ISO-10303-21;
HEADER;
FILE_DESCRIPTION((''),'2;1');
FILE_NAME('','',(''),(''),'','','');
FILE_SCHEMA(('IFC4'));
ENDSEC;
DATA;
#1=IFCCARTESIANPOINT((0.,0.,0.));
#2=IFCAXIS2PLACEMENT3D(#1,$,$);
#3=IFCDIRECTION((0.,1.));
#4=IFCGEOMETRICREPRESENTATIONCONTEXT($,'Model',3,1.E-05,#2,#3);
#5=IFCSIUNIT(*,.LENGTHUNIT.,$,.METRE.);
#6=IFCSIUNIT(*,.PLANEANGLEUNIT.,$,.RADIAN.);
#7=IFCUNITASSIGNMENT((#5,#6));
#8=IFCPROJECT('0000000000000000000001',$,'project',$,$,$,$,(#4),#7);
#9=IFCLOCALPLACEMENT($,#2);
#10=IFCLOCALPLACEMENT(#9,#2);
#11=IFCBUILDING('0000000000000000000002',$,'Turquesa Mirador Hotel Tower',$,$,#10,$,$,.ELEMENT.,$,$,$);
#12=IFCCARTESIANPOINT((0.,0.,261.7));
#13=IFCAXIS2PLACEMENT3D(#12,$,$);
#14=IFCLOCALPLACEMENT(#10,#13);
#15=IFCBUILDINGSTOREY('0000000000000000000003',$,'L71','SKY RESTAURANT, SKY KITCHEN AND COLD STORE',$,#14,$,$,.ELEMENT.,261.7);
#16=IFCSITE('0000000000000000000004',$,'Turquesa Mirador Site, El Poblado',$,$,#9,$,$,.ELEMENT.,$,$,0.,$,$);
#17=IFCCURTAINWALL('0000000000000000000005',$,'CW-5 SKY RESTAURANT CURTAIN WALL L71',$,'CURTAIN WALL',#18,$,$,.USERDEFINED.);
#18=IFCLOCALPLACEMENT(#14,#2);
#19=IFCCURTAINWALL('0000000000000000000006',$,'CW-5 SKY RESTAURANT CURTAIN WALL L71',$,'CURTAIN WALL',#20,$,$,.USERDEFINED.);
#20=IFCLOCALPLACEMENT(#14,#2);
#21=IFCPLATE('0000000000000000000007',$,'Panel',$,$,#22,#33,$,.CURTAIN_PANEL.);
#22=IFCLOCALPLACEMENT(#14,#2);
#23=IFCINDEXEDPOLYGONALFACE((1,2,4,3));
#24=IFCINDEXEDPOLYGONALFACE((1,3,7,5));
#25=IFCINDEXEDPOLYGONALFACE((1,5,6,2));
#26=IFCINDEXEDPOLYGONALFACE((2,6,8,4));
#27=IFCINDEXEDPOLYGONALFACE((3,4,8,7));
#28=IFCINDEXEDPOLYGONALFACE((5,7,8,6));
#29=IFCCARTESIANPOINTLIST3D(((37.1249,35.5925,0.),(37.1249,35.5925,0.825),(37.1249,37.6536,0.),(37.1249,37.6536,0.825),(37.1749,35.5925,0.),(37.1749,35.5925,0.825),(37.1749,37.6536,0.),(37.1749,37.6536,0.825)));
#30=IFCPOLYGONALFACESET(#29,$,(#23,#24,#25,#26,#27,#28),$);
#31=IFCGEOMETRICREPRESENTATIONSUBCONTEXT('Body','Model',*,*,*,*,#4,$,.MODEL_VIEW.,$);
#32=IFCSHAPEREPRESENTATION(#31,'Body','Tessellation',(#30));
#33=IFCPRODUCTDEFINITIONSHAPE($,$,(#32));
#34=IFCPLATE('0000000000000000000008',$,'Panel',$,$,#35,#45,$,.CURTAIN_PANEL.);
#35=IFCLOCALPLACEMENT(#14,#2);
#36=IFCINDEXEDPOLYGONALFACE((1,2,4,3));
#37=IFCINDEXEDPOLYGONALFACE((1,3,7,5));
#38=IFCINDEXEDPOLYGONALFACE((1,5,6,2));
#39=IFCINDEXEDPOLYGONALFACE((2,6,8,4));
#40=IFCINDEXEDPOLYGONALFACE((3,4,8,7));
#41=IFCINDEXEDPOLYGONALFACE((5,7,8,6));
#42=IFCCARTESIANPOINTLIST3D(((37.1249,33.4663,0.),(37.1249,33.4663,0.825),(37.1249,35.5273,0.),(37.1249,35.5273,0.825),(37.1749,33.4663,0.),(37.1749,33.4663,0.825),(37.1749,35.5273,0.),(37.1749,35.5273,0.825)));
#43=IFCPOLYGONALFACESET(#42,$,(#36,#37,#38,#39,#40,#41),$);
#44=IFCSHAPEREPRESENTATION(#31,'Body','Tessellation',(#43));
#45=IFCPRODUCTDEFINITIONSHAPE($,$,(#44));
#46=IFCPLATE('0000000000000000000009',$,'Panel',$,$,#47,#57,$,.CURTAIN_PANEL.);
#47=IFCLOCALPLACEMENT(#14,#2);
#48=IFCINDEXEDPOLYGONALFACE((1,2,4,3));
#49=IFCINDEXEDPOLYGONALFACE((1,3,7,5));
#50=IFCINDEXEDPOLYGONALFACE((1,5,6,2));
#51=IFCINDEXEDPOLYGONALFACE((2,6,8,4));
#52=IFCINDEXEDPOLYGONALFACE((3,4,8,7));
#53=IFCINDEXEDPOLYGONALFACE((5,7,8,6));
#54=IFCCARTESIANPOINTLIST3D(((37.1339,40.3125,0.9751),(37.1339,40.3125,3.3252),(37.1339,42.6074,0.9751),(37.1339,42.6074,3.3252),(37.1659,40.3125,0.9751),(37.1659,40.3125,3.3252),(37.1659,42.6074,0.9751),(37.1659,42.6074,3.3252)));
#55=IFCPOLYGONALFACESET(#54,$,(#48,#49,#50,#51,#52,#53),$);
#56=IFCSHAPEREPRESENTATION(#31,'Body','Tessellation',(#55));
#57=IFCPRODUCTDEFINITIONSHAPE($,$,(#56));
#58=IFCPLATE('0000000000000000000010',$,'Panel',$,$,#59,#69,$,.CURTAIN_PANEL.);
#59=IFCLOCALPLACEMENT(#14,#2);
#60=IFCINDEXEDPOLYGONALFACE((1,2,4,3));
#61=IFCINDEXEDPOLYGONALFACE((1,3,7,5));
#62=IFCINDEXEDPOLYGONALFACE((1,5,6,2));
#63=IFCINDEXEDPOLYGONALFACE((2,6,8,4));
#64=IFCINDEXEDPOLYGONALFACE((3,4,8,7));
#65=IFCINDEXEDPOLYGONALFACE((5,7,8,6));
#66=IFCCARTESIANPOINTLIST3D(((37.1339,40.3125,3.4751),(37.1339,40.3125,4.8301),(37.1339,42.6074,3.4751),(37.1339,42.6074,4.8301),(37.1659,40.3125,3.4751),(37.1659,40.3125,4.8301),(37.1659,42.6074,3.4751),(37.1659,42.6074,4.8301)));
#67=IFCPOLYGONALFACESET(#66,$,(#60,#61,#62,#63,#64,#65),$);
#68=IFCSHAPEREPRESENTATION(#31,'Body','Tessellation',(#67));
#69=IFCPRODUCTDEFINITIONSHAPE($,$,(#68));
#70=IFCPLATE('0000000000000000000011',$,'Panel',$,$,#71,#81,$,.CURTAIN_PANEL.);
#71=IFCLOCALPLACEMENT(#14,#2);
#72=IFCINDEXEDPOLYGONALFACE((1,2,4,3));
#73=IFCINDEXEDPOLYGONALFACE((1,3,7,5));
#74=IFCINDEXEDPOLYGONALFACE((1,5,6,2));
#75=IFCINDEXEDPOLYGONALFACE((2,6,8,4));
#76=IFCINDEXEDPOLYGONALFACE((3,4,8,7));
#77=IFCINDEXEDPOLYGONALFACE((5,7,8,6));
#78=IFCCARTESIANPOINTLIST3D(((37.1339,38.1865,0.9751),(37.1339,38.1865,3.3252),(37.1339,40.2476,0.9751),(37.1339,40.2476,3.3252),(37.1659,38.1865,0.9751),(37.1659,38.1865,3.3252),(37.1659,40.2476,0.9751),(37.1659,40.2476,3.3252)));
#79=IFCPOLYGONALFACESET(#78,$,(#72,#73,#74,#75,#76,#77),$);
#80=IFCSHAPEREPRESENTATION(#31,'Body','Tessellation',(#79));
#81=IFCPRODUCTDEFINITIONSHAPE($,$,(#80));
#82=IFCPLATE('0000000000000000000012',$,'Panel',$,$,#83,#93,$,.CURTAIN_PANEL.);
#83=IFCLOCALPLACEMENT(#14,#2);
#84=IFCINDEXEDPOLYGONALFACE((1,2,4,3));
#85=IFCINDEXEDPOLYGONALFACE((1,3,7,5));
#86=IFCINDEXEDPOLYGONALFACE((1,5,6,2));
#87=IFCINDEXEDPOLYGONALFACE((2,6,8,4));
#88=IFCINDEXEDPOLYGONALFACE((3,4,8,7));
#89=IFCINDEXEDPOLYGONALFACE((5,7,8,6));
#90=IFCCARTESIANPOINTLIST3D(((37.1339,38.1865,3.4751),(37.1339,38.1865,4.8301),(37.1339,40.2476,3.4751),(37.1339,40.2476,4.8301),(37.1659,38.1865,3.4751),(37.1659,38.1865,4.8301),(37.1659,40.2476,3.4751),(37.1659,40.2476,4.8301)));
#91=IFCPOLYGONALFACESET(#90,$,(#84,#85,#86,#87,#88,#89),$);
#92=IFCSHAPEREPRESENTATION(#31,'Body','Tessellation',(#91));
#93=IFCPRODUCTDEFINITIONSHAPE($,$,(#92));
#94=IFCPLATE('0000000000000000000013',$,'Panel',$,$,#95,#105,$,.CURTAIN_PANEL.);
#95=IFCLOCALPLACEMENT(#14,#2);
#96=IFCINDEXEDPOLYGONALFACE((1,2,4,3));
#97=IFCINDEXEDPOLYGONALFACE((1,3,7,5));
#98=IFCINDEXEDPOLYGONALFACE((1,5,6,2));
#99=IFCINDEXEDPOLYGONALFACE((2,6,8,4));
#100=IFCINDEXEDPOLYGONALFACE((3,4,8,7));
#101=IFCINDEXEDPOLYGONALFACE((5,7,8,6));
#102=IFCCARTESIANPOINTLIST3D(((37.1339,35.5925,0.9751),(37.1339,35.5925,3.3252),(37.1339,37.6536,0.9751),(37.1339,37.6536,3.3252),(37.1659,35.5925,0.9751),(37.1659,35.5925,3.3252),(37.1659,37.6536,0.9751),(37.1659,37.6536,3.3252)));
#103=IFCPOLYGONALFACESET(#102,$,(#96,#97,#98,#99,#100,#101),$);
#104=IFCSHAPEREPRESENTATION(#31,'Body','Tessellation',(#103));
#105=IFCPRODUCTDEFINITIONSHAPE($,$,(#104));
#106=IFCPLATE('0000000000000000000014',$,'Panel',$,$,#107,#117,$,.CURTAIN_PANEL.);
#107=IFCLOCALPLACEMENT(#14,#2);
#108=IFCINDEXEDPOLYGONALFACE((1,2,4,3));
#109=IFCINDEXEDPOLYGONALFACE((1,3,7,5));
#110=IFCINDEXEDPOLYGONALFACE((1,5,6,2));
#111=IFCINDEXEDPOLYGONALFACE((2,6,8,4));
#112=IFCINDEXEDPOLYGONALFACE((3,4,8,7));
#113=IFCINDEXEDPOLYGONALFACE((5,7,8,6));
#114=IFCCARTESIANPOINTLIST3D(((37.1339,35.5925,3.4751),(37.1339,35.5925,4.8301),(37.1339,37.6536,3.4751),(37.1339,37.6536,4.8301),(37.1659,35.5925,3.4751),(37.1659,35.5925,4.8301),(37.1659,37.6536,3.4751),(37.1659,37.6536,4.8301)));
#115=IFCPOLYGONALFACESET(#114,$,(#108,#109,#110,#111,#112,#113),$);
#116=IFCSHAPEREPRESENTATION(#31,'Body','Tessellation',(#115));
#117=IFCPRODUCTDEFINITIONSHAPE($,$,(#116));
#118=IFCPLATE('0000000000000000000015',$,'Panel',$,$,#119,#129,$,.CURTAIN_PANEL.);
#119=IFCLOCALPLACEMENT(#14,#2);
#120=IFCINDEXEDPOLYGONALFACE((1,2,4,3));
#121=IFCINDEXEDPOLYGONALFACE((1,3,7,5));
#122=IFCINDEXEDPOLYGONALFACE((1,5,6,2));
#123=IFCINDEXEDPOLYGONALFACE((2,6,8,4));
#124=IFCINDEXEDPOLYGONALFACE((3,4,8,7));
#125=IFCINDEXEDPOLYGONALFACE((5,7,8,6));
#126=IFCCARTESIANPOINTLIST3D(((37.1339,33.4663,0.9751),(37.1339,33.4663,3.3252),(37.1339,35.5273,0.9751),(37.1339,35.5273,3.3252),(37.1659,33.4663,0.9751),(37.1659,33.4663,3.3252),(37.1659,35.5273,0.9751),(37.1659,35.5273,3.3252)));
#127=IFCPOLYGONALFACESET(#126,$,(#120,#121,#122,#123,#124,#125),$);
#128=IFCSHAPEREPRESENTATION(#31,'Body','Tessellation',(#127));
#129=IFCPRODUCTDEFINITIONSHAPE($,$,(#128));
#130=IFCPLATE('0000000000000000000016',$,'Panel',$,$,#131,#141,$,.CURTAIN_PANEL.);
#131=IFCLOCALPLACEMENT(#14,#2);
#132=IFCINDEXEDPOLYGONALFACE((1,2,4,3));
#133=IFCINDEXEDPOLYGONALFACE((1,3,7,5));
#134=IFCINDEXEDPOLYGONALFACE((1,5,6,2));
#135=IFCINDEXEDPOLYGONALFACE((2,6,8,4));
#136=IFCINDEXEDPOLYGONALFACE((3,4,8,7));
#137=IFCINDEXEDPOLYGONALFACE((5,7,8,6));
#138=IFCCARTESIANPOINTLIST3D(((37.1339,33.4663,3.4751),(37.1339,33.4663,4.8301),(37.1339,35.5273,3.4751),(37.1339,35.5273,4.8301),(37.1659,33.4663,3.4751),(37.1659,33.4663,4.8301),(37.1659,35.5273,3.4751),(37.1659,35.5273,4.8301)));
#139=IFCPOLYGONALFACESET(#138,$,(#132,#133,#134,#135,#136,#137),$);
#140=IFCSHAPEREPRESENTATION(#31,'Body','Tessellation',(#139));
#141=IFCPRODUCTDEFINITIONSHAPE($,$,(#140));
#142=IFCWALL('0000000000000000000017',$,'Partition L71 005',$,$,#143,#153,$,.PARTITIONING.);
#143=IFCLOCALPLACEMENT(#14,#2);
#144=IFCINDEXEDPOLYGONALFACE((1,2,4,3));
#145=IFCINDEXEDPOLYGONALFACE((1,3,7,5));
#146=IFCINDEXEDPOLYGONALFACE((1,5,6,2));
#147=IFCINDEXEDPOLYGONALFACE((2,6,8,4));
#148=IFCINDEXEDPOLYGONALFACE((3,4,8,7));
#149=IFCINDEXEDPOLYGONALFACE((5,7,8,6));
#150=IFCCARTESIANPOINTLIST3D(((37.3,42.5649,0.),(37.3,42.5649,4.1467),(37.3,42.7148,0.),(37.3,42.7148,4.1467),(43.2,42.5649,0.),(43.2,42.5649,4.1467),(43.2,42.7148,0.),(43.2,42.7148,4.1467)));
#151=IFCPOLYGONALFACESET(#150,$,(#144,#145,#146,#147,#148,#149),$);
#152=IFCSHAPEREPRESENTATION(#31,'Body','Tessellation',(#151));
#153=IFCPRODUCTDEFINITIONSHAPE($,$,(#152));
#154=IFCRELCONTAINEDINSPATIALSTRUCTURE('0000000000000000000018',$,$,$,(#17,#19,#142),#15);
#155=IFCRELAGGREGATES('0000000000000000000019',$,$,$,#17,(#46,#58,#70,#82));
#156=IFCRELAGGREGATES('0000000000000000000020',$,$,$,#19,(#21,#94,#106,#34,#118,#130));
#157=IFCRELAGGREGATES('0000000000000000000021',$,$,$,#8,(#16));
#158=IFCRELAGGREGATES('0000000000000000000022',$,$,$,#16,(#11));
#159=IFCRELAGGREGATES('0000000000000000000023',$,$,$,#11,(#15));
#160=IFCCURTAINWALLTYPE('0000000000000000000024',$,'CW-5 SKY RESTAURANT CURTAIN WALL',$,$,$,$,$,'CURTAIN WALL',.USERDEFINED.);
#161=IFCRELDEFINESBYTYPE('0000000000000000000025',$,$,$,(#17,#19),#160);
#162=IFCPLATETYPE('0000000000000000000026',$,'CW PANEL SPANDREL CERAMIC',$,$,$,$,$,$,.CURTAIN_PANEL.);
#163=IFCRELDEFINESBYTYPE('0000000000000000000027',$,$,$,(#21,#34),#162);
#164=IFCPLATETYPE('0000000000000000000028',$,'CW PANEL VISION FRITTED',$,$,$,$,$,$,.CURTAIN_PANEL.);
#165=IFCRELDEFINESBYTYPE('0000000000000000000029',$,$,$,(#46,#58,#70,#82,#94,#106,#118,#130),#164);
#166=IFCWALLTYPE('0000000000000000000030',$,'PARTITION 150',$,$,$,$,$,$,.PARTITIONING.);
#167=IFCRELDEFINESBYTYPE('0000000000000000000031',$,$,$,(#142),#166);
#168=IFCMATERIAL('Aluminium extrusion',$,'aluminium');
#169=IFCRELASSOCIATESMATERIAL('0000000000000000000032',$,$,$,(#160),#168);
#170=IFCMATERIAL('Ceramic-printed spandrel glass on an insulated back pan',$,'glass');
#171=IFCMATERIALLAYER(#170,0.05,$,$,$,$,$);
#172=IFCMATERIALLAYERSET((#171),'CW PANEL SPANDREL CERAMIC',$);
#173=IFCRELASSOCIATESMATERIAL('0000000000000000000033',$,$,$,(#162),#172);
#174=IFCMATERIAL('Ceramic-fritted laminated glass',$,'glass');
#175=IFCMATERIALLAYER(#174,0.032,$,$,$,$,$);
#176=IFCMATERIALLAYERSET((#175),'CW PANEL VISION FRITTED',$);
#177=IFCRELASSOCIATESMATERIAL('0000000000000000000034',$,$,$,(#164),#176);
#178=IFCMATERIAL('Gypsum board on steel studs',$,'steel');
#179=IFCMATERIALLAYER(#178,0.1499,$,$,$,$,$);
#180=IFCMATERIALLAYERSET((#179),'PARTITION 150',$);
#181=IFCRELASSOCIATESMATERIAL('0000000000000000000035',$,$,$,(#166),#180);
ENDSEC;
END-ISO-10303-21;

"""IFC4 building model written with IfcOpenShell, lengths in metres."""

from ifc_helpers import new_model, si_unit, direction, frame, frame_2d, origin, origin_2d, place, context, subcontext, project, spatial, rectangle, extrude, material, layer, layer_set, type_object, element, aggregate, save


model = new_model("IFC4")

# Units and contexts
model_context = context("Model", 3, precision=1e-05, world=origin(), true_north=direction((0.0, 1.0)))
body_context = subcontext(model_context, "Body", "Model", "MODEL_VIEW")
ifc_project = project(units=[si_unit("LENGTHUNIT", "METRE"), si_unit("PLANEANGLEUNIT", "RADIAN")], contexts=[model_context])

# Site, building, storey
site_placement = place(None, origin())
site = spatial("IfcSite", under=ifc_project, at=site_placement, Name="Turquesa Mirador Site, El Poblado", CompositionType="ELEMENT", RefElevation=0.0)
building_placement = place(site_placement, origin())
building = spatial("IfcBuilding", under=site, at=building_placement, Name="Turquesa Mirador Hotel Tower", CompositionType="ELEMENT")
storey_placement = place(building_placement, frame((0.0, 0.0, 261.7)))
storey = spatial("IfcBuildingStorey", under=building, at=storey_placement, Name="L71", Description="SKY RESTAURANT, SKY KITCHEN AND COLD STORE", CompositionType="ELEMENT", Elevation=261.7)

# Curtain walls
ifc_material_1 = material(Name="Aluminium extrusion", Category="aluminium")
curtain_wall_type = type_object("IfcCurtainWallType", Name="CW-5 SKY RESTAURANT CURTAIN WALL", ElementType="CURTAIN WALL", PredefinedType="USERDEFINED", material=ifc_material_1)
curtain_wall_1_placement = place(storey_placement, origin())
curtain_wall_1 = element("IfcCurtainWall", 1, at=curtain_wall_1_placement, inside=storey, type_object=curtain_wall_type, Name="CW-5 SKY RESTAURANT CURTAIN WALL L71", ObjectType="CURTAIN WALL", PredefinedType="USERDEFINED")
curtain_wall_2_placement = place(storey_placement, origin())
curtain_wall_2 = element("IfcCurtainWall", 2, at=curtain_wall_2_placement, inside=storey, type_object=curtain_wall_type, Name="CW-5 SKY RESTAURANT CURTAIN WALL L71", ObjectType="CURTAIN WALL", PredefinedType="USERDEFINED")

# Plates
ifc_material_2 = material(Name="Ceramic-printed spandrel glass on an insulated back pan", Category="glass")
ifc_layer_1 = layer(ifc_material_2, 0.05)
ifc_layer_set_1 = layer_set([ifc_layer_1], Name="CW PANEL SPANDREL CERAMIC")
plate_type_1 = type_object("IfcPlateType", Name="CW PANEL SPANDREL CERAMIC", PredefinedType="CURTAIN_PANEL", material=ifc_layer_set_1)
plate_1_placement = place(storey_placement, frame((37.1499, 36.623, 0.0), z_axis=(0.0, 0.0, 1.0), x_axis=(0.0, -1.0, 0.0)))
plate_1 = element("IfcPlate", 3, at=plate_1_placement, type_object=plate_type_1, Name="Panel", PredefinedType="CURTAIN_PANEL", context=body_context, shape_type="SweptSolid", body=[
    extrude(rectangle(XDim=2.061, YDim=0.05, at=origin_2d()), origin(), (0.0, 0.0, 1.0), 0.825),
])
plate_2_placement = place(storey_placement, frame((37.1499, 34.4968, 0.0), z_axis=(0.0, 0.0, 1.0), x_axis=(0.0, -1.0, 0.0)))
plate_2 = element("IfcPlate", 4, at=plate_2_placement, type_object=plate_type_1, Name="Panel", PredefinedType="CURTAIN_PANEL", context=body_context, shape_type="SweptSolid", body=[
    extrude(rectangle(XDim=2.061, YDim=0.05, at=origin_2d()), origin(), (0.0, 0.0, 1.0), 0.825),
])
ifc_material_3 = material(Name="Ceramic-fritted laminated glass", Category="glass")
ifc_layer_2 = layer(ifc_material_3, 0.032)
ifc_layer_set_2 = layer_set([ifc_layer_2], Name="CW PANEL VISION FRITTED")
plate_type_2 = type_object("IfcPlateType", Name="CW PANEL VISION FRITTED", PredefinedType="CURTAIN_PANEL", material=ifc_layer_set_2)
plate_3_placement = place(storey_placement, frame((37.1499, 41.46, 0.9751), z_axis=(0.0, 0.0, 1.0), x_axis=(0.0, -1.0, 0.0)))
plate_3 = element("IfcPlate", 5, at=plate_3_placement, type_object=plate_type_2, Name="Panel", PredefinedType="CURTAIN_PANEL", context=body_context, shape_type="SweptSolid", body=[
    extrude(rectangle(XDim=2.2949, YDim=0.032, at=origin_2d()), origin(), (0.0, 0.0, 1.0), 2.3501),
])
plate_4_placement = place(storey_placement, frame((37.1499, 41.46, 3.4751), z_axis=(0.0, 0.0, 1.0), x_axis=(0.0, -1.0, 0.0)))
plate_4 = element("IfcPlate", 6, at=plate_4_placement, type_object=plate_type_2, Name="Panel", PredefinedType="CURTAIN_PANEL", context=body_context, shape_type="SweptSolid", body=[
    extrude(rectangle(XDim=2.2949, YDim=0.032, at=origin_2d()), origin(), (0.0, 0.0, 1.0), 1.355),
])
plate_5_placement = place(storey_placement, frame((37.1499, 39.217, 0.9751), z_axis=(0.0, 0.0, 1.0), x_axis=(0.0, -1.0, 0.0)))
plate_5 = element("IfcPlate", 7, at=plate_5_placement, type_object=plate_type_2, Name="Panel", PredefinedType="CURTAIN_PANEL", context=body_context, shape_type="SweptSolid", body=[
    extrude(rectangle(XDim=2.061, YDim=0.032, at=origin_2d()), origin(), (0.0, 0.0, 1.0), 2.3501),
])
plate_6_placement = place(storey_placement, frame((37.1499, 39.217, 3.4751), z_axis=(0.0, 0.0, 1.0), x_axis=(0.0, -1.0, 0.0)))
plate_6 = element("IfcPlate", 8, at=plate_6_placement, type_object=plate_type_2, Name="Panel", PredefinedType="CURTAIN_PANEL", context=body_context, shape_type="SweptSolid", body=[
    extrude(rectangle(XDim=2.061, YDim=0.032, at=origin_2d()), origin(), (0.0, 0.0, 1.0), 1.355),
])
aggregate(curtain_wall_1, [plate_3, plate_4, plate_5, plate_6])
plate_7_placement = place(storey_placement, frame((37.1499, 36.623, 0.9751), z_axis=(0.0, 0.0, 1.0), x_axis=(0.0, -1.0, 0.0)))
plate_7 = element("IfcPlate", 9, at=plate_7_placement, type_object=plate_type_2, Name="Panel", PredefinedType="CURTAIN_PANEL", context=body_context, shape_type="SweptSolid", body=[
    extrude(rectangle(XDim=2.061, YDim=0.032, at=origin_2d()), origin(), (0.0, 0.0, 1.0), 2.3501),
])
plate_8_placement = place(storey_placement, frame((37.1499, 36.623, 3.4751), z_axis=(0.0, 0.0, 1.0), x_axis=(0.0, -1.0, 0.0)))
plate_8 = element("IfcPlate", 10, at=plate_8_placement, type_object=plate_type_2, Name="Panel", PredefinedType="CURTAIN_PANEL", context=body_context, shape_type="SweptSolid", body=[
    extrude(rectangle(XDim=2.061, YDim=0.032, at=origin_2d()), origin(), (0.0, 0.0, 1.0), 1.355),
])
plate_9_placement = place(storey_placement, frame((37.1499, 34.4968, 0.9751), z_axis=(0.0, 0.0, 1.0), x_axis=(0.0, -1.0, 0.0)))
plate_9 = element("IfcPlate", 11, at=plate_9_placement, type_object=plate_type_2, Name="Panel", PredefinedType="CURTAIN_PANEL", context=body_context, shape_type="SweptSolid", body=[
    extrude(rectangle(XDim=2.061, YDim=0.032, at=origin_2d()), origin(), (0.0, 0.0, 1.0), 2.3501),
])
plate_10_placement = place(storey_placement, frame((37.1499, 34.4968, 3.4751), z_axis=(0.0, 0.0, 1.0), x_axis=(0.0, -1.0, 0.0)))
plate_10 = element("IfcPlate", 12, at=plate_10_placement, type_object=plate_type_2, Name="Panel", PredefinedType="CURTAIN_PANEL", context=body_context, shape_type="SweptSolid", body=[
    extrude(rectangle(XDim=2.061, YDim=0.032, at=origin_2d()), origin(), (0.0, 0.0, 1.0), 1.355),
])
aggregate(curtain_wall_2, [plate_1, plate_7, plate_8, plate_2, plate_9, plate_10])

# Wall
ifc_material_4 = material(Name="Gypsum board on steel studs", Category="steel")
ifc_layer_3 = layer(ifc_material_4, 0.1499)
ifc_layer_set_3 = layer_set([ifc_layer_3], Name="PARTITION 150")
wall_type = type_object("IfcWallType", Name="PARTITION 150", PredefinedType="PARTITIONING", material=ifc_layer_set_3)
wall_placement = place(storey_placement, frame((37.3, 42.6399, 0.0), z_axis=(0.0, 0.0, 1.0), x_axis=(1.0, 0.0, 0.0)))
element("IfcWall", 13, at=wall_placement, inside=storey, type_object=wall_type, Name="Partition L71 005", PredefinedType="PARTITIONING", context=body_context, shape_type="SweptSolid", body=[
    extrude(rectangle(XDim=5.8999, YDim=0.1499, at=frame_2d((2.95, 0.0))), origin(), (0.0, 0.0, 1.0), 4.1467),
])

save(model, "model.ifc")
